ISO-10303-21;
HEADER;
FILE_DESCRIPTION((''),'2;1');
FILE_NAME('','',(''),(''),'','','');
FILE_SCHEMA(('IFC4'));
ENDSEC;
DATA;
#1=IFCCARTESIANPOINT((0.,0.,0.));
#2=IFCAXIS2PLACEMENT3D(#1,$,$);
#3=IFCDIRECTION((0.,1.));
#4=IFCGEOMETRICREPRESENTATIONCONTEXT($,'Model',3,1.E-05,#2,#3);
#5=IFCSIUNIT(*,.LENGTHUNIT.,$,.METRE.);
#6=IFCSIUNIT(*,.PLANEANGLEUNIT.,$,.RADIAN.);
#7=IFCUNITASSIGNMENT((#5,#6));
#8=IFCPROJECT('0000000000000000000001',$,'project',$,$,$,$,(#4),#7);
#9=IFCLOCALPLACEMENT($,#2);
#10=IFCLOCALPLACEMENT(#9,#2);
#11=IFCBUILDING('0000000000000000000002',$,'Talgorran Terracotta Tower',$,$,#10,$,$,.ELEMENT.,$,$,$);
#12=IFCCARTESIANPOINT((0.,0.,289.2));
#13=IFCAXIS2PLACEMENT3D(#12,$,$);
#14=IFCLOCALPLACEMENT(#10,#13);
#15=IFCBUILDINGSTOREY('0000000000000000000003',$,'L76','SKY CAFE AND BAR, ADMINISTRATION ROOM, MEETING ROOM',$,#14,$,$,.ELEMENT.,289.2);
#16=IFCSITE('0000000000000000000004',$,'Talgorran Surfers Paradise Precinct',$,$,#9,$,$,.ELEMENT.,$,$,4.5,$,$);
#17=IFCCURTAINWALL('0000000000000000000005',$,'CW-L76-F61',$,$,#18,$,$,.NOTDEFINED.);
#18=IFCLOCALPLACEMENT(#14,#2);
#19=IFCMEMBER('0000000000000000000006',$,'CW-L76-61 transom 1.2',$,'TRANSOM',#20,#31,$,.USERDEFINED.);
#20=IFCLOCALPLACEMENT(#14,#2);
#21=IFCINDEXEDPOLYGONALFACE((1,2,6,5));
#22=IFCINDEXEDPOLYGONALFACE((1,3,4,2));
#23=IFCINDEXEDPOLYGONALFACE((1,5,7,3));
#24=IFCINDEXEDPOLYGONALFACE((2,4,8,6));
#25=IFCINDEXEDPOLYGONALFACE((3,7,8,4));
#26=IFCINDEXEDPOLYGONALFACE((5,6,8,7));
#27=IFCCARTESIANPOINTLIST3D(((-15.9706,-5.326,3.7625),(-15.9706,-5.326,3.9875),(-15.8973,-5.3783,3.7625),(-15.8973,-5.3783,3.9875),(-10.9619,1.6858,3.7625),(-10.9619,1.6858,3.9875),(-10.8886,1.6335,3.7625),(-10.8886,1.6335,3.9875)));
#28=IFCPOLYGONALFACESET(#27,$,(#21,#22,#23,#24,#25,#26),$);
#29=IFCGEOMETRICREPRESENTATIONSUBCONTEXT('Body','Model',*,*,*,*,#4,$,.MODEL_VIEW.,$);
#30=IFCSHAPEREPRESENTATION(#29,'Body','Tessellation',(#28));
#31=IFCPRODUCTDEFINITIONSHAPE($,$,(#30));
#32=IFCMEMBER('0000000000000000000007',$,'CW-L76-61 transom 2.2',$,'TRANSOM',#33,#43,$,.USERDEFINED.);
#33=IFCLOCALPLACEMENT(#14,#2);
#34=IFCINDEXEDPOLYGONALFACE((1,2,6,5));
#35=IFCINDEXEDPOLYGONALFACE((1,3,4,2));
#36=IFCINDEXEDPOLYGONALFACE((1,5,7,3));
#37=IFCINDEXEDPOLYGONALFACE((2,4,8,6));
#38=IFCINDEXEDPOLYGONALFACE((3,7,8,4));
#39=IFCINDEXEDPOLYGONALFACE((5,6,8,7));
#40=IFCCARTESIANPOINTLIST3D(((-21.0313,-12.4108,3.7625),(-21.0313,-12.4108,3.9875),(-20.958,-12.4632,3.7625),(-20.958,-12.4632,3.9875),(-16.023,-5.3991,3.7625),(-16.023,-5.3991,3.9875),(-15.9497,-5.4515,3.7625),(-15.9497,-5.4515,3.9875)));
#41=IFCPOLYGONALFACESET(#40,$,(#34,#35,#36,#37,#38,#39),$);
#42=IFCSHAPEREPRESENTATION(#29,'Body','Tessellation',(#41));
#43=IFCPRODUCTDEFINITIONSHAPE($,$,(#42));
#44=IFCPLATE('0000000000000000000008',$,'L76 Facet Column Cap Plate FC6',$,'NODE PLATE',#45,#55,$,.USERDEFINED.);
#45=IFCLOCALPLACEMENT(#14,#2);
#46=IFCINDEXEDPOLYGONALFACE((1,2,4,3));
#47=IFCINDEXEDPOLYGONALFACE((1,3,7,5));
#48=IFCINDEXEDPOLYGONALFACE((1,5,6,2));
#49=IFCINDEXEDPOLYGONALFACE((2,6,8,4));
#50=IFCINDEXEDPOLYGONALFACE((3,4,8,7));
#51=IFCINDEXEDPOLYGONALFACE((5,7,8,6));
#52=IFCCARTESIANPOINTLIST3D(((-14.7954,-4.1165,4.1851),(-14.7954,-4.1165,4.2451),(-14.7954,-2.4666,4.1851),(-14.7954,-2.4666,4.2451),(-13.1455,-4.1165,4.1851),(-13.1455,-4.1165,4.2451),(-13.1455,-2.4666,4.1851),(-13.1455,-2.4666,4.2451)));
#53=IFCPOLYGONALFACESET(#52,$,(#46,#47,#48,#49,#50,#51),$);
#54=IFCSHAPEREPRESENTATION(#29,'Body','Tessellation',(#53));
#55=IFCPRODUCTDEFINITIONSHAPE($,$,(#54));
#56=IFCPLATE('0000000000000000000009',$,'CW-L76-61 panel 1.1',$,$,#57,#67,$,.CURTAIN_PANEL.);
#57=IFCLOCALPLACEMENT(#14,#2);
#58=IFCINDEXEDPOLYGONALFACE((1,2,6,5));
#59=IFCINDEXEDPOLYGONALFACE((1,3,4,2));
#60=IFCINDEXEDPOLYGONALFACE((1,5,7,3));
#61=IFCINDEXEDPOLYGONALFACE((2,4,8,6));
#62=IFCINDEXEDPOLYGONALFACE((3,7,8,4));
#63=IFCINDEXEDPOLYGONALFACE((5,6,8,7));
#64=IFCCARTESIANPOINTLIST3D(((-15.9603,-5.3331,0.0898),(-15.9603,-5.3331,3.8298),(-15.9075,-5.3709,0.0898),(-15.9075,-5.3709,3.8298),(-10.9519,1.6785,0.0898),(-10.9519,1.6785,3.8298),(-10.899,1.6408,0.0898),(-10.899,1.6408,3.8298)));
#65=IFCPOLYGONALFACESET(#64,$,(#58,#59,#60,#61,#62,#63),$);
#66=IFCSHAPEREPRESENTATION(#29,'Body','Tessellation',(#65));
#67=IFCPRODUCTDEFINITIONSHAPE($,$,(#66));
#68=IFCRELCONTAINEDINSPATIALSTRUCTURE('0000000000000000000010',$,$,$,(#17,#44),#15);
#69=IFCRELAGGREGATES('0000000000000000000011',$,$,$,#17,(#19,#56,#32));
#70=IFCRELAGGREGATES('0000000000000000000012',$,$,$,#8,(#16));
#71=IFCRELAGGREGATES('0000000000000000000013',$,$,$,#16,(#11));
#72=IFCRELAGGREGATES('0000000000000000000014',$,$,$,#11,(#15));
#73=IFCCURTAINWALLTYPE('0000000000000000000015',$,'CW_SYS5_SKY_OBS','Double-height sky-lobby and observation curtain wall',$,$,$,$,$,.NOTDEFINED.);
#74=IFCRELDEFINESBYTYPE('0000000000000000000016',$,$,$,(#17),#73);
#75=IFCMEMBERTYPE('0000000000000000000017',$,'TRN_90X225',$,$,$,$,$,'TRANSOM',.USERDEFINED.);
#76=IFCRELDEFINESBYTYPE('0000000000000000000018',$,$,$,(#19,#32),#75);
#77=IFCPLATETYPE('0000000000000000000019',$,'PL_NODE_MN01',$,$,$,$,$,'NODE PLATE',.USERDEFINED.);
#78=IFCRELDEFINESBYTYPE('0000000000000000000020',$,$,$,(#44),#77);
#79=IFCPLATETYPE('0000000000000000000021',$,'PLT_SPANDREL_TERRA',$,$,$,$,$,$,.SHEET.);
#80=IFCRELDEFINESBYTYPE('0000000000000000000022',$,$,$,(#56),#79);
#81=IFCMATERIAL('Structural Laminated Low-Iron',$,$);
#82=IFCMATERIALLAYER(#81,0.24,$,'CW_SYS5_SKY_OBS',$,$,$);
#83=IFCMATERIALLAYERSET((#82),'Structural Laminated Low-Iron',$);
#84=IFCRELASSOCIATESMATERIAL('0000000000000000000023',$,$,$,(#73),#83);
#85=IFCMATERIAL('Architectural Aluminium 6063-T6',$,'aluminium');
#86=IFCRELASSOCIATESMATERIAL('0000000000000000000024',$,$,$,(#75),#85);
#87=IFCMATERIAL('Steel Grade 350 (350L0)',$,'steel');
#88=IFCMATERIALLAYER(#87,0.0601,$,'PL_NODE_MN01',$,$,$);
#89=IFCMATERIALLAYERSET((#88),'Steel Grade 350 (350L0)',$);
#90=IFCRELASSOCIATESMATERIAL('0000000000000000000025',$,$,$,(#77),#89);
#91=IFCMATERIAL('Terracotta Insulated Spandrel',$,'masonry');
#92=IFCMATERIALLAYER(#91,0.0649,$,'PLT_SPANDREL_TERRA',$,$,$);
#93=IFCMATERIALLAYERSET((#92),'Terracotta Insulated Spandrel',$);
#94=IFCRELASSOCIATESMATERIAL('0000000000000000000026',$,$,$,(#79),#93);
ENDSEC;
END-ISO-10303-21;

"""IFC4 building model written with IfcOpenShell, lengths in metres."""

from ifc_helpers import new_model, si_unit, direction, frame, origin, origin_2d, place, context, subcontext, project, spatial, rectangle, extrude, source, transform, mapped, material, layer, layer_set, material_profile, profile_set, type_object, type_shapes, element, aggregate, save


model = new_model("IFC4")

# Units and contexts
model_context = context("Model", 3, precision=1e-05, world=origin(), true_north=direction((0.0, 1.0)))
body_context = subcontext(model_context, "Body", "Model", "MODEL_VIEW")
ifc_project = project(units=[si_unit("LENGTHUNIT", "METRE"), si_unit("PLANEANGLEUNIT", "RADIAN")], contexts=[model_context])

# Site, building, storey
site_placement = place(None, origin())
site = spatial("IfcSite", under=ifc_project, at=site_placement, Name="Talgorran Surfers Paradise Precinct", CompositionType="ELEMENT", RefElevation=4.5)
building_placement = place(site_placement, origin())
building = spatial("IfcBuilding", under=site, at=building_placement, Name="Talgorran Terracotta Tower", CompositionType="ELEMENT")
storey_placement = place(building_placement, frame((0.0, 0.0, 289.2)))
storey = spatial("IfcBuildingStorey", under=building, at=storey_placement, Name="L76", Description="SKY CAFE AND BAR, ADMINISTRATION ROOM, MEETING ROOM", CompositionType="ELEMENT", Elevation=289.2)

# Shared definitions
ifc_material_1 = material(Name="Steel Grade 350 (350L0)", Category="steel")

# Curtain wall, members
ifc_material_2 = material(Name="Structural Laminated Low-Iron")
ifc_layer_1 = layer(ifc_material_2, 0.24, Name="CW_SYS5_SKY_OBS")
ifc_layer_set_1 = layer_set([ifc_layer_1], Name="Structural Laminated Low-Iron")
curtain_wall_type = type_object("IfcCurtainWallType", Name="CW_SYS5_SKY_OBS", Description="Double-height sky-lobby and observation curtain wall", PredefinedType="NOTDEFINED", material=ifc_layer_set_1)
curtain_wall_placement = place(storey_placement, origin())
curtain_wall = element("IfcCurtainWall", 1, at=curtain_wall_placement, inside=storey, type_object=curtain_wall_type, Name="CW-L76-F61", PredefinedType="NOTDEFINED")
ifc_material_3 = material(Name="Architectural Aluminium 6063-T6", Category="aluminium")
ifc_material_profile_1 = material_profile(ifc_material_3, rectangle(XDim=0.0901, YDim=0.2251, at=origin_2d()), Name="CWT90X225")
ifc_profile_set_1 = profile_set([ifc_material_profile_1], Name="Architectural Aluminium 6063-T6")
member_type_1 = type_object("IfcMemberType", Name="TRN_90X225", ElementType="TRANSOM", PredefinedType="USERDEFINED", material=ifc_profile_set_1)
member_1_placement = place(storey_placement, frame((-10.9253, 1.6597, 3.875), z_axis=(-0.581252, -0.813724, 0.0), x_axis=(0.813724, -0.581252, 0.0)))
member_1 = element("IfcMember", 2, at=member_1_placement, type_object=member_type_1, Name="CW-L76-61 transom 1.2", ObjectType="TRANSOM", PredefinedType="USERDEFINED", context=body_context, shape_type="SweptSolid", body=[
    extrude(rectangle(XDim=0.0901, YDim=0.2251, at=origin_2d()), origin(), (0.0, 0.0, 1.0), 8.6169),
])
member_2_placement = place(storey_placement, frame((-15.9863, -5.4253, 3.875), z_axis=(-0.581233, -0.813737, 0.0), x_axis=(0.813737, -0.581233, 0.0)))
member_2 = element("IfcMember", 3, at=member_2_placement, type_object=member_type_1, Name="CW-L76-61 transom 2.2", ObjectType="TRANSOM", PredefinedType="USERDEFINED", context=body_context, shape_type="SweptSolid", body=[
    extrude(rectangle(XDim=0.0901, YDim=0.2251, at=origin_2d()), origin(), (0.0, 0.0, 1.0), 8.6167),
])

# Plates
ifc_layer_2 = layer(ifc_material_1, 0.0601, Name="PL_NODE_MN01")
ifc_layer_set_2 = layer_set([ifc_layer_2], Name="Steel Grade 350 (350L0)")
plate_type_1 = type_object("IfcPlateType", Name="PL_NODE_MN01", ElementType="NODE PLATE", PredefinedType="USERDEFINED", material=ifc_layer_set_2)
plate_1_placement = place(storey_placement, frame((-13.9705, -3.2915, 4.1851), z_axis=(0.0, 0.0, 1.0), x_axis=(1.0, 0.0, 0.0)))
element("IfcPlate", 4, at=plate_1_placement, inside=storey, type_object=plate_type_1, Name="L76 Facet Column Cap Plate FC6", ObjectType="NODE PLATE", PredefinedType="USERDEFINED", context=body_context, shape_type="SweptSolid", body=[
    extrude(rectangle(XDim=1.6499, YDim=1.6499, at=origin_2d()), origin(), (0.0, 0.0, 1.0), 0.0601),
])
ifc_material_4 = material(Name="Terracotta Insulated Spandrel", Category="masonry")
ifc_layer_3 = layer(ifc_material_4, 0.0649, Name="PLT_SPANDREL_TERRA")
ifc_layer_set_3 = layer_set([ifc_layer_3], Name="Terracotta Insulated Spandrel")
plate_type_2 = type_object("IfcPlateType", Name="PLT_SPANDREL_TERRA", PredefinedType="SHEET", material=ifc_layer_set_3)
shared_shape = source(origin(), body_context, "Body", "SweptSolid", [
    extrude(rectangle(XDim=8.6167, YDim=0.0649, at=origin_2d()), origin(), (0.0, 0.0, 1.0), 3.74),
])
type_shapes(plate_type_2, [shared_shape])
plate_2_placement = place(storey_placement, frame((-13.4297, -1.8462, 0.0898), z_axis=(0.0, 0.0, 1.0), x_axis=(-0.581248, -0.813727, 0.0)))
plate_2 = element("IfcPlate", 5, at=plate_2_placement, type_object=plate_type_2, Name="CW-L76-61 panel 1.1", PredefinedType="CURTAIN_PANEL", context=body_context, shape_type="MappedRepresentation", body=[
    mapped(shared_shape, transform((0.0, 0.0, 0.0), scale=1.0)),
])
aggregate(curtain_wall, [member_1, plate_2, member_2])

save(model, "model.ifc")
